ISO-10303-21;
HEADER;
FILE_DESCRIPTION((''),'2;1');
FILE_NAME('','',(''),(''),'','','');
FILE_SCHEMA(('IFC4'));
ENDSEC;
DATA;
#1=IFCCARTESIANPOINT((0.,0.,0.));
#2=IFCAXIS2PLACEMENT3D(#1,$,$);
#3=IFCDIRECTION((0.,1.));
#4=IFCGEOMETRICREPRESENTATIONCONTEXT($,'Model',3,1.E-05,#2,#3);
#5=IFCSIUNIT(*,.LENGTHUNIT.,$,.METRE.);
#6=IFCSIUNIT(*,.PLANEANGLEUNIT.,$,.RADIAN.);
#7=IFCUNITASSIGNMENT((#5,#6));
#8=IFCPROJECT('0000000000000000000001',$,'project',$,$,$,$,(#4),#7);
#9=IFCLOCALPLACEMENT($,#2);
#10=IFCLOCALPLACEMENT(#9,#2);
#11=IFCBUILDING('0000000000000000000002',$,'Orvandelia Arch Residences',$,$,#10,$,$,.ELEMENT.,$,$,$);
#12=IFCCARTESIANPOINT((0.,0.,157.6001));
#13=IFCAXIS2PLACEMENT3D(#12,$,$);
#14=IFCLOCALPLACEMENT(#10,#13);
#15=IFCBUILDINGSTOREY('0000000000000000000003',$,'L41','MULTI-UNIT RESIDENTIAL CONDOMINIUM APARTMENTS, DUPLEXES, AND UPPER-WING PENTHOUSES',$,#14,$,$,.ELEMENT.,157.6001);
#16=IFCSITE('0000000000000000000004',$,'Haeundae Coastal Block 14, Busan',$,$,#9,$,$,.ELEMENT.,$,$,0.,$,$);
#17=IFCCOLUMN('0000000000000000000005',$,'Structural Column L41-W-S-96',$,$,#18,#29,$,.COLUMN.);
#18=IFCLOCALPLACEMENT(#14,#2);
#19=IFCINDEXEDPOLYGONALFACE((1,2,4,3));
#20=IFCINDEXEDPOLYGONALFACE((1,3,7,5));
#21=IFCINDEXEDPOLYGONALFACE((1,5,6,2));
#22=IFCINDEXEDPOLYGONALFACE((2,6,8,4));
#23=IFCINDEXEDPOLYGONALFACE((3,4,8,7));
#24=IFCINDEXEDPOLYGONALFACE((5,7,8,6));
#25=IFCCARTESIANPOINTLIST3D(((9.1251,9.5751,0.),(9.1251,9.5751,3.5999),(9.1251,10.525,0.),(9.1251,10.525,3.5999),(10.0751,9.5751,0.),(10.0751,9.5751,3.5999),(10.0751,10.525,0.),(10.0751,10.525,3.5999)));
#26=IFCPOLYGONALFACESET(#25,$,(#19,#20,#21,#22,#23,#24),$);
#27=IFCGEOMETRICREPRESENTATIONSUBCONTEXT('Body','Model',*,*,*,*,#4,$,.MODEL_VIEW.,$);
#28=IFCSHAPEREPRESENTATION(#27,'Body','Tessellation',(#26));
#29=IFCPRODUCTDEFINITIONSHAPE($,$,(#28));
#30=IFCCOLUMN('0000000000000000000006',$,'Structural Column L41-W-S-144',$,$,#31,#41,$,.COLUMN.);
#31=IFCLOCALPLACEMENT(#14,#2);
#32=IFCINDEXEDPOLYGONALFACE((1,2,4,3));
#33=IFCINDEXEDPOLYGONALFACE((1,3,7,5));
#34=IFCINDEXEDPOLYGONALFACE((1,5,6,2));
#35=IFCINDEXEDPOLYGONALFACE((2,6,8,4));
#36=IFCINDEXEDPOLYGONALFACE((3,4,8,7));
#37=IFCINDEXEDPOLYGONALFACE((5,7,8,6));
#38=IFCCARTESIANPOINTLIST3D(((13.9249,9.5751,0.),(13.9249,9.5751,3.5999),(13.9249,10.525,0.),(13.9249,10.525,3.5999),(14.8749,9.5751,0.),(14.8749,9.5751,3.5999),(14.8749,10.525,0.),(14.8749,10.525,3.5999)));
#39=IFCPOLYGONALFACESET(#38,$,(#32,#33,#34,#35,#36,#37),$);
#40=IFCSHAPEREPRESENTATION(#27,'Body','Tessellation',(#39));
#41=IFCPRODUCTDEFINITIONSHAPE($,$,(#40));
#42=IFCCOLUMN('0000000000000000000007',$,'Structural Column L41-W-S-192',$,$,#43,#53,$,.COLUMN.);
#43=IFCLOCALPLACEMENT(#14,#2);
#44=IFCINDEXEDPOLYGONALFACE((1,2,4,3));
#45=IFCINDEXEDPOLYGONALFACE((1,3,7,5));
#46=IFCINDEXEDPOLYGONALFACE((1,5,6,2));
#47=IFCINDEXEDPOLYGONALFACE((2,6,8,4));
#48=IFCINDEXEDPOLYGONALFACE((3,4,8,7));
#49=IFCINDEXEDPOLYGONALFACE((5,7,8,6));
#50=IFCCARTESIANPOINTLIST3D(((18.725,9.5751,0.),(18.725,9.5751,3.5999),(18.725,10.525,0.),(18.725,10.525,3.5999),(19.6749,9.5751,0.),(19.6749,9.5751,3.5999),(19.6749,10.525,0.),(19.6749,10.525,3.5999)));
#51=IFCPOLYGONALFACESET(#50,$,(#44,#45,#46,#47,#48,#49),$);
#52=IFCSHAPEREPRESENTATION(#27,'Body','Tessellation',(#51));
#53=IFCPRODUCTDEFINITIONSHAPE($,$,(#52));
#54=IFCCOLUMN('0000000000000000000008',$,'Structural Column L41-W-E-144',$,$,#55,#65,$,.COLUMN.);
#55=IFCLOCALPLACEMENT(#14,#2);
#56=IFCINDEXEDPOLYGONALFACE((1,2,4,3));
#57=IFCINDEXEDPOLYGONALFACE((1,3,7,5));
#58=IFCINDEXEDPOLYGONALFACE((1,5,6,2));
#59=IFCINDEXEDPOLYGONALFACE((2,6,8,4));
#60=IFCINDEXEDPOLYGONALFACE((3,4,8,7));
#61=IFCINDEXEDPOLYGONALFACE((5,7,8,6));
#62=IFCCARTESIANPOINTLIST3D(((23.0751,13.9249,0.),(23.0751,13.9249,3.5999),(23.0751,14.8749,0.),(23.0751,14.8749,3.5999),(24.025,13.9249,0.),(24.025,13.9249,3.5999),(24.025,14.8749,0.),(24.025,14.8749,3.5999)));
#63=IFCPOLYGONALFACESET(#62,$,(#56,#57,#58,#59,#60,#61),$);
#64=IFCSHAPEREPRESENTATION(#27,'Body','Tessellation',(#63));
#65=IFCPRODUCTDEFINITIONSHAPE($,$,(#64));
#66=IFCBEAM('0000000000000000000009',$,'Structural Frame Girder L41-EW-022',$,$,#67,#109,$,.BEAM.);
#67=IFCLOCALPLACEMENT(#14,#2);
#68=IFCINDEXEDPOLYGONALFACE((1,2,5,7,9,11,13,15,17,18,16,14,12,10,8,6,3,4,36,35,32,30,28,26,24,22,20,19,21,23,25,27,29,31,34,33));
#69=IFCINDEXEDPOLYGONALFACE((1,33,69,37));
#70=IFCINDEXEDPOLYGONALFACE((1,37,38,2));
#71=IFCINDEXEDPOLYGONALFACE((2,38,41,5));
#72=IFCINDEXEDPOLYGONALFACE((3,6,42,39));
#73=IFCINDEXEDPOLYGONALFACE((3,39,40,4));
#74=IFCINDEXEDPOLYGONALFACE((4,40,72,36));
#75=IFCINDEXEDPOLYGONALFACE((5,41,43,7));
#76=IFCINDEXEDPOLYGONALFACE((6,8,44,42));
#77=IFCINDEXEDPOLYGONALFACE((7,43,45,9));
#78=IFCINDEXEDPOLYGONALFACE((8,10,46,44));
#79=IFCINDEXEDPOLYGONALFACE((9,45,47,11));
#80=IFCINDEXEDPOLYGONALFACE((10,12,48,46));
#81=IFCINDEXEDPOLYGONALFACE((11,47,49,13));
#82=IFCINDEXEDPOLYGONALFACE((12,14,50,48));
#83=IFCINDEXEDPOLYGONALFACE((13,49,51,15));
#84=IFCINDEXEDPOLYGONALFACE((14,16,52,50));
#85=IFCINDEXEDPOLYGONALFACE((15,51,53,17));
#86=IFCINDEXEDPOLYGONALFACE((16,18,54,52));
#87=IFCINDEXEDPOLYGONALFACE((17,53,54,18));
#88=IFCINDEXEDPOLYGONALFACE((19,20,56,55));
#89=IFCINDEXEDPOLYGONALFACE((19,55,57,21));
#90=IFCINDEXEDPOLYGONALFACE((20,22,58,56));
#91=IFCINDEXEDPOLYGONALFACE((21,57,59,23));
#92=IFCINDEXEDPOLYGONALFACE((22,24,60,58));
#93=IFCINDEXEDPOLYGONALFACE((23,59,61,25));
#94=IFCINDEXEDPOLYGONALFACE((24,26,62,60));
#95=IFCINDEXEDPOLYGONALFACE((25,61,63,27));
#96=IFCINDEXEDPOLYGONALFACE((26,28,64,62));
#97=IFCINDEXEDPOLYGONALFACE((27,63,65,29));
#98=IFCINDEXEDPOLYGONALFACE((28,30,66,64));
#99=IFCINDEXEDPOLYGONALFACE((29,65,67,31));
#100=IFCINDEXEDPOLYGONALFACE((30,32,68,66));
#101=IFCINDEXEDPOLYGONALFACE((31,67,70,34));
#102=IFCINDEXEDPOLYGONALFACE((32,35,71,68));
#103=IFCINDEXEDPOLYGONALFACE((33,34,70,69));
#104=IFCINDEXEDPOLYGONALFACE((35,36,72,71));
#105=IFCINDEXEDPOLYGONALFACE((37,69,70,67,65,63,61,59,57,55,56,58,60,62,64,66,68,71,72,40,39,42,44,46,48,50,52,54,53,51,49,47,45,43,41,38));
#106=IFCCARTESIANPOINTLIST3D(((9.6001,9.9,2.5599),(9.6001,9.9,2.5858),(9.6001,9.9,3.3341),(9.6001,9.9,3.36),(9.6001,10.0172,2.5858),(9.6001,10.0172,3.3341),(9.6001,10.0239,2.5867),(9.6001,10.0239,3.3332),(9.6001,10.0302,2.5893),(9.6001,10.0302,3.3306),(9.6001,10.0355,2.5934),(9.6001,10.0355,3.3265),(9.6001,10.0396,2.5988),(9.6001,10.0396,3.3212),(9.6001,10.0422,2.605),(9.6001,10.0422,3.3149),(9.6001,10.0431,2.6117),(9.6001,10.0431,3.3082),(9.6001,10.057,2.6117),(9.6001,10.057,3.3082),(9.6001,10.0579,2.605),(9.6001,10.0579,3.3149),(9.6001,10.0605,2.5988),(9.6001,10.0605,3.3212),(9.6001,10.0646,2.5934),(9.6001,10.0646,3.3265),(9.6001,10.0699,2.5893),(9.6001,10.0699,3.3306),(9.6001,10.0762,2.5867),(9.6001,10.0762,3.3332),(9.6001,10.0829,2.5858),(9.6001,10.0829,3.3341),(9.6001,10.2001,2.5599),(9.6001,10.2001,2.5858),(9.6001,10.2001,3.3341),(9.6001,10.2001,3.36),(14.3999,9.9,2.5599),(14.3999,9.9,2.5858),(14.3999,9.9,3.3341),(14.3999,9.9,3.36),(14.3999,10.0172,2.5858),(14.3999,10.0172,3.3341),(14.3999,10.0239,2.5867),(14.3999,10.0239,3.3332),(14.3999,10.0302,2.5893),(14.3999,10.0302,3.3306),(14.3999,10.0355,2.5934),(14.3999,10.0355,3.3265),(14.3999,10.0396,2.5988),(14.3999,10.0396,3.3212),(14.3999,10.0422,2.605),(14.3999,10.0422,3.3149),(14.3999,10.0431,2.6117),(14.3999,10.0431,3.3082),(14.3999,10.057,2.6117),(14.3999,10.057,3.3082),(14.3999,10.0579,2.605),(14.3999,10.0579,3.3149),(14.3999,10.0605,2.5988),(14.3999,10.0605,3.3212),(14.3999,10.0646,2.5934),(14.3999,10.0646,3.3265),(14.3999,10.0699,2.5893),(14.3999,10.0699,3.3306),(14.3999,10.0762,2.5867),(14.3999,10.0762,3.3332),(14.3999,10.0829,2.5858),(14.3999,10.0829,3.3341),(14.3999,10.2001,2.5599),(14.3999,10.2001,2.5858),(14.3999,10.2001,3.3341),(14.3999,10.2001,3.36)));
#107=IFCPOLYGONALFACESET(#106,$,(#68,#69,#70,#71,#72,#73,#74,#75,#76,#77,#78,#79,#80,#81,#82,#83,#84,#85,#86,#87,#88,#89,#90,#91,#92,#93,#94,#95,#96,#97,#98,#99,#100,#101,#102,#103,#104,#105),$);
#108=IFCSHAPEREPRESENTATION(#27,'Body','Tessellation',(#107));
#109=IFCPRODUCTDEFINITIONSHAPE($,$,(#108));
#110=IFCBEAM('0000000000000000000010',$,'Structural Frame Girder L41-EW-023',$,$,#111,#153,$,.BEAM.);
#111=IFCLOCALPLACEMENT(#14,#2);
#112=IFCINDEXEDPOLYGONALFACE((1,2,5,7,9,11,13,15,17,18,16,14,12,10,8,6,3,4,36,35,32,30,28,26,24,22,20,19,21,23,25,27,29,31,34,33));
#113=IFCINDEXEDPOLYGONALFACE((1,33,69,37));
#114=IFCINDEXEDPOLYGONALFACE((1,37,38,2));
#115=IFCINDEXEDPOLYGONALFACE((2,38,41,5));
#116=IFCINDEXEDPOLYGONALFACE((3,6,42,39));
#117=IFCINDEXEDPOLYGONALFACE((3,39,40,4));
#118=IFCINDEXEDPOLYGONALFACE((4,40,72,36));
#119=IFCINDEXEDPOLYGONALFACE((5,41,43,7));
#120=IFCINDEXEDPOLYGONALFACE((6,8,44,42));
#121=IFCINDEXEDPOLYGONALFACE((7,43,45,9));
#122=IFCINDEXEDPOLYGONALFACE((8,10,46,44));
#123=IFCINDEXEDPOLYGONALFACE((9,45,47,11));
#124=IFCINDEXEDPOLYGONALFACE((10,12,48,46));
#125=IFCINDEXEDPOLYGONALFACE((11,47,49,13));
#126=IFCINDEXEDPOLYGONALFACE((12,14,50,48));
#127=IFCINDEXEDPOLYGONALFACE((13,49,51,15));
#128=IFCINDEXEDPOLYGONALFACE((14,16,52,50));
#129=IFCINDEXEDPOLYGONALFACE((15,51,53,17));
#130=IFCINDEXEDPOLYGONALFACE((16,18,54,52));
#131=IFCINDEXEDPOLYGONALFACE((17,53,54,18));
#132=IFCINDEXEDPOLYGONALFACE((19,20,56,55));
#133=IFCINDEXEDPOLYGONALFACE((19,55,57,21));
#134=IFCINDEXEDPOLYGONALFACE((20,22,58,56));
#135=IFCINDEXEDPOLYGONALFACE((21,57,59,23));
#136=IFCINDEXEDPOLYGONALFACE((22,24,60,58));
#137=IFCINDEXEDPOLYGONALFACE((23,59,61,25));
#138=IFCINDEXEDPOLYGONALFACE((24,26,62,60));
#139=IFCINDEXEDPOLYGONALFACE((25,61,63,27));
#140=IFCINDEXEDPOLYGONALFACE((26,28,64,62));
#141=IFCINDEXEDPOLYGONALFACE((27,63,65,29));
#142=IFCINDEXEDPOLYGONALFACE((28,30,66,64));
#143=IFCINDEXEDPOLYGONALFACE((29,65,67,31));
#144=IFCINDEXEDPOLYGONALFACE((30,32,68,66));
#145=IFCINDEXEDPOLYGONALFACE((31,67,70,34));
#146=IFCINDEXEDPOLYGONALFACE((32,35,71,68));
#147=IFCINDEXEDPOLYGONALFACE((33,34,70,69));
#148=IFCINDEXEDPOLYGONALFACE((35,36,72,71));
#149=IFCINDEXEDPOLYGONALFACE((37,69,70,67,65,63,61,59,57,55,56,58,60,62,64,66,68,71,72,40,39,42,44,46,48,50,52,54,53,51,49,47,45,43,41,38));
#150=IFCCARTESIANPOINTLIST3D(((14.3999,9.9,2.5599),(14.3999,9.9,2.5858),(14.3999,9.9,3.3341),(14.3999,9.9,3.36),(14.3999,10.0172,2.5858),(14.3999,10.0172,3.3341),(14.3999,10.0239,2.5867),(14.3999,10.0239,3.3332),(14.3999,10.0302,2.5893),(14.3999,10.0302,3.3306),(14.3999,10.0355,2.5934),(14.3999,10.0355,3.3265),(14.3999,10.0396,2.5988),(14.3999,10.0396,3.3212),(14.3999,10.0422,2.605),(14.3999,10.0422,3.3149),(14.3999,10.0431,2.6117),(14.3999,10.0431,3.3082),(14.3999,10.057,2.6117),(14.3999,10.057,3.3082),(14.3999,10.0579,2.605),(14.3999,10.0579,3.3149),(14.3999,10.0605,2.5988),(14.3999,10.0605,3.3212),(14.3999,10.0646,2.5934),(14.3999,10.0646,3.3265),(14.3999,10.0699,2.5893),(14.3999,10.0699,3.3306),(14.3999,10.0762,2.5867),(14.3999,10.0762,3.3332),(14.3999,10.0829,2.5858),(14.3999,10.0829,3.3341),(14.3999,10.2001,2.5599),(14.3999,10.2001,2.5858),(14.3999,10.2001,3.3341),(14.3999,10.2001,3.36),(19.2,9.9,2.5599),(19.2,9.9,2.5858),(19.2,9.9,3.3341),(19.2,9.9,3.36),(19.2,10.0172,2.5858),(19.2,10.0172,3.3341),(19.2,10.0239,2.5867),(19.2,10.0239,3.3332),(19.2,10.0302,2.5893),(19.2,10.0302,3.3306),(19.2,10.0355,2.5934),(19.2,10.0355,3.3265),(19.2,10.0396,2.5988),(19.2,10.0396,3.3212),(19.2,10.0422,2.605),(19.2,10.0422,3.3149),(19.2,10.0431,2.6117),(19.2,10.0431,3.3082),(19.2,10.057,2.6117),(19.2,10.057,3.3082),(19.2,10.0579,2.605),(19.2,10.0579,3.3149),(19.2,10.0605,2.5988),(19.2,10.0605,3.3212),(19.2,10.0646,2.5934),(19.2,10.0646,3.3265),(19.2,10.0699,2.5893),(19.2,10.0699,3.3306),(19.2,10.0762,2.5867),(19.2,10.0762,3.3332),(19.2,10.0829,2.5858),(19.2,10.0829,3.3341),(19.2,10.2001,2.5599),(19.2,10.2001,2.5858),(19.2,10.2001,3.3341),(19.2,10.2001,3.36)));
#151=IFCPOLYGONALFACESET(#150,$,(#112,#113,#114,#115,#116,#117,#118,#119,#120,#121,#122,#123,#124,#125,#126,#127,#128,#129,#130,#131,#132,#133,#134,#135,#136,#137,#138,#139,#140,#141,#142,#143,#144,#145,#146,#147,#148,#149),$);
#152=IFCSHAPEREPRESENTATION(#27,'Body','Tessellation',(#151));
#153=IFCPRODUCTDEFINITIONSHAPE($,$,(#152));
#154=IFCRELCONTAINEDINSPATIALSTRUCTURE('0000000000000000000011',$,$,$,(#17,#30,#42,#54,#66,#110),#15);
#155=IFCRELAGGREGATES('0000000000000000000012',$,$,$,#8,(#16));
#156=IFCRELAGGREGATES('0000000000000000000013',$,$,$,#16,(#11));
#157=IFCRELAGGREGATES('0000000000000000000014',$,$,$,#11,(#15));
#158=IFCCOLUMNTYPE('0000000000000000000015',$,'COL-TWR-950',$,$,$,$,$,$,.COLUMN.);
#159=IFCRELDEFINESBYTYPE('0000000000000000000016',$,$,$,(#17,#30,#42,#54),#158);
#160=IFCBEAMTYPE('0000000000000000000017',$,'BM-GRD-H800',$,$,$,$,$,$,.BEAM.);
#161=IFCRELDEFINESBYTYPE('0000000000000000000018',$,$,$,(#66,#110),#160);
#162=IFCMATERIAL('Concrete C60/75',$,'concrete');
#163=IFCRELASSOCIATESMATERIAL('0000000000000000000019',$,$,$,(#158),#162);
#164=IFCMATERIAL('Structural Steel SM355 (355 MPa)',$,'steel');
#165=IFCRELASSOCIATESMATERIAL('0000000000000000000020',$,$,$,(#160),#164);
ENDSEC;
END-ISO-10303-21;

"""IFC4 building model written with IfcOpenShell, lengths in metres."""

from ifc_helpers import new_model, si_unit, direction, frame, origin, origin_2d, place, context, subcontext, project, spatial, rectangle, i_section, extrude, material, material_profile, profile_set, type_object, element, save


model = new_model("IFC4")

# Units and contexts
model_context = context("Model", 3, precision=1e-05, world=origin(), true_north=direction((0.0, 1.0)))
body_context = subcontext(model_context, "Body", "Model", "MODEL_VIEW")
ifc_project = project(units=[si_unit("LENGTHUNIT", "METRE"), si_unit("PLANEANGLEUNIT", "RADIAN")], contexts=[model_context])

# Site, building, storey
site_placement = place(None, origin())
site = spatial("IfcSite", under=ifc_project, at=site_placement, Name="Haeundae Coastal Block 14, Busan", CompositionType="ELEMENT", RefElevation=0.0)
building_placement = place(site_placement, origin())
building = spatial("IfcBuilding", under=site, at=building_placement, Name="Orvandelia Arch Residences", CompositionType="ELEMENT")
storey_placement = place(building_placement, frame((0.0, 0.0, 157.6001)))
storey = spatial("IfcBuildingStorey", under=building, at=storey_placement, Name="L41", Description="MULTI-UNIT RESIDENTIAL CONDOMINIUM APARTMENTS, DUPLEXES, AND UPPER-WING PENTHOUSES", CompositionType="ELEMENT", Elevation=157.6001)

# Columns
ifc_material_1 = material(Name="Concrete C60/75", Category="concrete")
ifc_material_profile_1 = material_profile(ifc_material_1, rectangle(XDim=0.95, YDim=0.95, at=origin_2d()), Name="Concrete C60/75", Category="concrete")
ifc_profile_set_1 = profile_set([ifc_material_profile_1], Name="Concrete C60/75")
column_type = type_object("IfcColumnType", Name="COL-TWR-950", PredefinedType="COLUMN", material=ifc_profile_set_1)
for number, where, z_axis, x_axis, name in (
    (1, (9.6001, 10.05, 0.0), (0.0, 0.0, 1.0), (1.0, 0.0, 0.0), "Structural Column L41-W-S-96"),
    (2, (14.3999, 10.05, 0.0), (0.0, 0.0, 1.0), (1.0, 0.0, 0.0), "Structural Column L41-W-S-144"),
    (3, (19.2, 10.05, 0.0), (0.0, 0.0, 1.0), (1.0, 0.0, 0.0), "Structural Column L41-W-S-192"),
    (4, (23.55, 14.3999, 0.0), (0.0, 0.0, 1.0), (1.0, 0.0, 0.0), "Structural Column L41-W-E-144"),
):
    element("IfcColumn", number, at=place(storey_placement, frame(where, z_axis=z_axis, x_axis=x_axis)), inside=storey, type_object=column_type, Name=name, PredefinedType="COLUMN", context=body_context, shape_type="SweptSolid", body=[
        extrude(rectangle(XDim=0.95, YDim=0.95, at=origin_2d()), origin(), (0.0, 0.0, 1.0), 3.5999),
    ])

# Beams
ifc_material_2 = material(Name="Structural Steel SM355 (355 MPa)", Category="steel")
ifc_material_profile_2 = material_profile(ifc_material_2, i_section(OverallWidth=0.3, OverallDepth=0.8, WebThickness=0.0139, FlangeThickness=0.0259, FilletRadius=0.0259, at=origin_2d()), Name="Structural Steel SM355 (355 MPa)", Category="steel")
ifc_profile_set_2 = profile_set([ifc_material_profile_2], Name="Structural Steel SM355 (355 MPa)")
beam_type = type_object("IfcBeamType", Name="BM-GRD-H800", PredefinedType="BEAM", material=ifc_profile_set_2)
beam_1_placement = place(storey_placement, frame((9.6001, 10.05, 2.96), z_axis=(1.0, 0.0, 0.0), x_axis=(0.0, 1.0, 0.0)))
element("IfcBeam", 5, at=beam_1_placement, inside=storey, type_object=beam_type, Name="Structural Frame Girder L41-EW-022", PredefinedType="BEAM", context=body_context, shape_type="SweptSolid", body=[
    extrude(i_section(OverallWidth=0.3, OverallDepth=0.8, WebThickness=0.0139, FlangeThickness=0.0259, FilletRadius=0.0259, at=origin_2d()), origin(), (0.0, 0.0, 1.0), 4.7998),
])
beam_2_placement = place(storey_placement, frame((14.3999, 10.05, 2.96), z_axis=(1.0, 0.0, 0.0), x_axis=(0.0, 1.0, 0.0)))
element("IfcBeam", 6, at=beam_2_placement, inside=storey, type_object=beam_type, Name="Structural Frame Girder L41-EW-023", PredefinedType="BEAM", context=body_context, shape_type="SweptSolid", body=[
    extrude(i_section(OverallWidth=0.3, OverallDepth=0.8, WebThickness=0.0139, FlangeThickness=0.0259, FilletRadius=0.0259, at=origin_2d()), origin(), (0.0, 0.0, 1.0), 4.8),
])

save(model, "model.ifc")
